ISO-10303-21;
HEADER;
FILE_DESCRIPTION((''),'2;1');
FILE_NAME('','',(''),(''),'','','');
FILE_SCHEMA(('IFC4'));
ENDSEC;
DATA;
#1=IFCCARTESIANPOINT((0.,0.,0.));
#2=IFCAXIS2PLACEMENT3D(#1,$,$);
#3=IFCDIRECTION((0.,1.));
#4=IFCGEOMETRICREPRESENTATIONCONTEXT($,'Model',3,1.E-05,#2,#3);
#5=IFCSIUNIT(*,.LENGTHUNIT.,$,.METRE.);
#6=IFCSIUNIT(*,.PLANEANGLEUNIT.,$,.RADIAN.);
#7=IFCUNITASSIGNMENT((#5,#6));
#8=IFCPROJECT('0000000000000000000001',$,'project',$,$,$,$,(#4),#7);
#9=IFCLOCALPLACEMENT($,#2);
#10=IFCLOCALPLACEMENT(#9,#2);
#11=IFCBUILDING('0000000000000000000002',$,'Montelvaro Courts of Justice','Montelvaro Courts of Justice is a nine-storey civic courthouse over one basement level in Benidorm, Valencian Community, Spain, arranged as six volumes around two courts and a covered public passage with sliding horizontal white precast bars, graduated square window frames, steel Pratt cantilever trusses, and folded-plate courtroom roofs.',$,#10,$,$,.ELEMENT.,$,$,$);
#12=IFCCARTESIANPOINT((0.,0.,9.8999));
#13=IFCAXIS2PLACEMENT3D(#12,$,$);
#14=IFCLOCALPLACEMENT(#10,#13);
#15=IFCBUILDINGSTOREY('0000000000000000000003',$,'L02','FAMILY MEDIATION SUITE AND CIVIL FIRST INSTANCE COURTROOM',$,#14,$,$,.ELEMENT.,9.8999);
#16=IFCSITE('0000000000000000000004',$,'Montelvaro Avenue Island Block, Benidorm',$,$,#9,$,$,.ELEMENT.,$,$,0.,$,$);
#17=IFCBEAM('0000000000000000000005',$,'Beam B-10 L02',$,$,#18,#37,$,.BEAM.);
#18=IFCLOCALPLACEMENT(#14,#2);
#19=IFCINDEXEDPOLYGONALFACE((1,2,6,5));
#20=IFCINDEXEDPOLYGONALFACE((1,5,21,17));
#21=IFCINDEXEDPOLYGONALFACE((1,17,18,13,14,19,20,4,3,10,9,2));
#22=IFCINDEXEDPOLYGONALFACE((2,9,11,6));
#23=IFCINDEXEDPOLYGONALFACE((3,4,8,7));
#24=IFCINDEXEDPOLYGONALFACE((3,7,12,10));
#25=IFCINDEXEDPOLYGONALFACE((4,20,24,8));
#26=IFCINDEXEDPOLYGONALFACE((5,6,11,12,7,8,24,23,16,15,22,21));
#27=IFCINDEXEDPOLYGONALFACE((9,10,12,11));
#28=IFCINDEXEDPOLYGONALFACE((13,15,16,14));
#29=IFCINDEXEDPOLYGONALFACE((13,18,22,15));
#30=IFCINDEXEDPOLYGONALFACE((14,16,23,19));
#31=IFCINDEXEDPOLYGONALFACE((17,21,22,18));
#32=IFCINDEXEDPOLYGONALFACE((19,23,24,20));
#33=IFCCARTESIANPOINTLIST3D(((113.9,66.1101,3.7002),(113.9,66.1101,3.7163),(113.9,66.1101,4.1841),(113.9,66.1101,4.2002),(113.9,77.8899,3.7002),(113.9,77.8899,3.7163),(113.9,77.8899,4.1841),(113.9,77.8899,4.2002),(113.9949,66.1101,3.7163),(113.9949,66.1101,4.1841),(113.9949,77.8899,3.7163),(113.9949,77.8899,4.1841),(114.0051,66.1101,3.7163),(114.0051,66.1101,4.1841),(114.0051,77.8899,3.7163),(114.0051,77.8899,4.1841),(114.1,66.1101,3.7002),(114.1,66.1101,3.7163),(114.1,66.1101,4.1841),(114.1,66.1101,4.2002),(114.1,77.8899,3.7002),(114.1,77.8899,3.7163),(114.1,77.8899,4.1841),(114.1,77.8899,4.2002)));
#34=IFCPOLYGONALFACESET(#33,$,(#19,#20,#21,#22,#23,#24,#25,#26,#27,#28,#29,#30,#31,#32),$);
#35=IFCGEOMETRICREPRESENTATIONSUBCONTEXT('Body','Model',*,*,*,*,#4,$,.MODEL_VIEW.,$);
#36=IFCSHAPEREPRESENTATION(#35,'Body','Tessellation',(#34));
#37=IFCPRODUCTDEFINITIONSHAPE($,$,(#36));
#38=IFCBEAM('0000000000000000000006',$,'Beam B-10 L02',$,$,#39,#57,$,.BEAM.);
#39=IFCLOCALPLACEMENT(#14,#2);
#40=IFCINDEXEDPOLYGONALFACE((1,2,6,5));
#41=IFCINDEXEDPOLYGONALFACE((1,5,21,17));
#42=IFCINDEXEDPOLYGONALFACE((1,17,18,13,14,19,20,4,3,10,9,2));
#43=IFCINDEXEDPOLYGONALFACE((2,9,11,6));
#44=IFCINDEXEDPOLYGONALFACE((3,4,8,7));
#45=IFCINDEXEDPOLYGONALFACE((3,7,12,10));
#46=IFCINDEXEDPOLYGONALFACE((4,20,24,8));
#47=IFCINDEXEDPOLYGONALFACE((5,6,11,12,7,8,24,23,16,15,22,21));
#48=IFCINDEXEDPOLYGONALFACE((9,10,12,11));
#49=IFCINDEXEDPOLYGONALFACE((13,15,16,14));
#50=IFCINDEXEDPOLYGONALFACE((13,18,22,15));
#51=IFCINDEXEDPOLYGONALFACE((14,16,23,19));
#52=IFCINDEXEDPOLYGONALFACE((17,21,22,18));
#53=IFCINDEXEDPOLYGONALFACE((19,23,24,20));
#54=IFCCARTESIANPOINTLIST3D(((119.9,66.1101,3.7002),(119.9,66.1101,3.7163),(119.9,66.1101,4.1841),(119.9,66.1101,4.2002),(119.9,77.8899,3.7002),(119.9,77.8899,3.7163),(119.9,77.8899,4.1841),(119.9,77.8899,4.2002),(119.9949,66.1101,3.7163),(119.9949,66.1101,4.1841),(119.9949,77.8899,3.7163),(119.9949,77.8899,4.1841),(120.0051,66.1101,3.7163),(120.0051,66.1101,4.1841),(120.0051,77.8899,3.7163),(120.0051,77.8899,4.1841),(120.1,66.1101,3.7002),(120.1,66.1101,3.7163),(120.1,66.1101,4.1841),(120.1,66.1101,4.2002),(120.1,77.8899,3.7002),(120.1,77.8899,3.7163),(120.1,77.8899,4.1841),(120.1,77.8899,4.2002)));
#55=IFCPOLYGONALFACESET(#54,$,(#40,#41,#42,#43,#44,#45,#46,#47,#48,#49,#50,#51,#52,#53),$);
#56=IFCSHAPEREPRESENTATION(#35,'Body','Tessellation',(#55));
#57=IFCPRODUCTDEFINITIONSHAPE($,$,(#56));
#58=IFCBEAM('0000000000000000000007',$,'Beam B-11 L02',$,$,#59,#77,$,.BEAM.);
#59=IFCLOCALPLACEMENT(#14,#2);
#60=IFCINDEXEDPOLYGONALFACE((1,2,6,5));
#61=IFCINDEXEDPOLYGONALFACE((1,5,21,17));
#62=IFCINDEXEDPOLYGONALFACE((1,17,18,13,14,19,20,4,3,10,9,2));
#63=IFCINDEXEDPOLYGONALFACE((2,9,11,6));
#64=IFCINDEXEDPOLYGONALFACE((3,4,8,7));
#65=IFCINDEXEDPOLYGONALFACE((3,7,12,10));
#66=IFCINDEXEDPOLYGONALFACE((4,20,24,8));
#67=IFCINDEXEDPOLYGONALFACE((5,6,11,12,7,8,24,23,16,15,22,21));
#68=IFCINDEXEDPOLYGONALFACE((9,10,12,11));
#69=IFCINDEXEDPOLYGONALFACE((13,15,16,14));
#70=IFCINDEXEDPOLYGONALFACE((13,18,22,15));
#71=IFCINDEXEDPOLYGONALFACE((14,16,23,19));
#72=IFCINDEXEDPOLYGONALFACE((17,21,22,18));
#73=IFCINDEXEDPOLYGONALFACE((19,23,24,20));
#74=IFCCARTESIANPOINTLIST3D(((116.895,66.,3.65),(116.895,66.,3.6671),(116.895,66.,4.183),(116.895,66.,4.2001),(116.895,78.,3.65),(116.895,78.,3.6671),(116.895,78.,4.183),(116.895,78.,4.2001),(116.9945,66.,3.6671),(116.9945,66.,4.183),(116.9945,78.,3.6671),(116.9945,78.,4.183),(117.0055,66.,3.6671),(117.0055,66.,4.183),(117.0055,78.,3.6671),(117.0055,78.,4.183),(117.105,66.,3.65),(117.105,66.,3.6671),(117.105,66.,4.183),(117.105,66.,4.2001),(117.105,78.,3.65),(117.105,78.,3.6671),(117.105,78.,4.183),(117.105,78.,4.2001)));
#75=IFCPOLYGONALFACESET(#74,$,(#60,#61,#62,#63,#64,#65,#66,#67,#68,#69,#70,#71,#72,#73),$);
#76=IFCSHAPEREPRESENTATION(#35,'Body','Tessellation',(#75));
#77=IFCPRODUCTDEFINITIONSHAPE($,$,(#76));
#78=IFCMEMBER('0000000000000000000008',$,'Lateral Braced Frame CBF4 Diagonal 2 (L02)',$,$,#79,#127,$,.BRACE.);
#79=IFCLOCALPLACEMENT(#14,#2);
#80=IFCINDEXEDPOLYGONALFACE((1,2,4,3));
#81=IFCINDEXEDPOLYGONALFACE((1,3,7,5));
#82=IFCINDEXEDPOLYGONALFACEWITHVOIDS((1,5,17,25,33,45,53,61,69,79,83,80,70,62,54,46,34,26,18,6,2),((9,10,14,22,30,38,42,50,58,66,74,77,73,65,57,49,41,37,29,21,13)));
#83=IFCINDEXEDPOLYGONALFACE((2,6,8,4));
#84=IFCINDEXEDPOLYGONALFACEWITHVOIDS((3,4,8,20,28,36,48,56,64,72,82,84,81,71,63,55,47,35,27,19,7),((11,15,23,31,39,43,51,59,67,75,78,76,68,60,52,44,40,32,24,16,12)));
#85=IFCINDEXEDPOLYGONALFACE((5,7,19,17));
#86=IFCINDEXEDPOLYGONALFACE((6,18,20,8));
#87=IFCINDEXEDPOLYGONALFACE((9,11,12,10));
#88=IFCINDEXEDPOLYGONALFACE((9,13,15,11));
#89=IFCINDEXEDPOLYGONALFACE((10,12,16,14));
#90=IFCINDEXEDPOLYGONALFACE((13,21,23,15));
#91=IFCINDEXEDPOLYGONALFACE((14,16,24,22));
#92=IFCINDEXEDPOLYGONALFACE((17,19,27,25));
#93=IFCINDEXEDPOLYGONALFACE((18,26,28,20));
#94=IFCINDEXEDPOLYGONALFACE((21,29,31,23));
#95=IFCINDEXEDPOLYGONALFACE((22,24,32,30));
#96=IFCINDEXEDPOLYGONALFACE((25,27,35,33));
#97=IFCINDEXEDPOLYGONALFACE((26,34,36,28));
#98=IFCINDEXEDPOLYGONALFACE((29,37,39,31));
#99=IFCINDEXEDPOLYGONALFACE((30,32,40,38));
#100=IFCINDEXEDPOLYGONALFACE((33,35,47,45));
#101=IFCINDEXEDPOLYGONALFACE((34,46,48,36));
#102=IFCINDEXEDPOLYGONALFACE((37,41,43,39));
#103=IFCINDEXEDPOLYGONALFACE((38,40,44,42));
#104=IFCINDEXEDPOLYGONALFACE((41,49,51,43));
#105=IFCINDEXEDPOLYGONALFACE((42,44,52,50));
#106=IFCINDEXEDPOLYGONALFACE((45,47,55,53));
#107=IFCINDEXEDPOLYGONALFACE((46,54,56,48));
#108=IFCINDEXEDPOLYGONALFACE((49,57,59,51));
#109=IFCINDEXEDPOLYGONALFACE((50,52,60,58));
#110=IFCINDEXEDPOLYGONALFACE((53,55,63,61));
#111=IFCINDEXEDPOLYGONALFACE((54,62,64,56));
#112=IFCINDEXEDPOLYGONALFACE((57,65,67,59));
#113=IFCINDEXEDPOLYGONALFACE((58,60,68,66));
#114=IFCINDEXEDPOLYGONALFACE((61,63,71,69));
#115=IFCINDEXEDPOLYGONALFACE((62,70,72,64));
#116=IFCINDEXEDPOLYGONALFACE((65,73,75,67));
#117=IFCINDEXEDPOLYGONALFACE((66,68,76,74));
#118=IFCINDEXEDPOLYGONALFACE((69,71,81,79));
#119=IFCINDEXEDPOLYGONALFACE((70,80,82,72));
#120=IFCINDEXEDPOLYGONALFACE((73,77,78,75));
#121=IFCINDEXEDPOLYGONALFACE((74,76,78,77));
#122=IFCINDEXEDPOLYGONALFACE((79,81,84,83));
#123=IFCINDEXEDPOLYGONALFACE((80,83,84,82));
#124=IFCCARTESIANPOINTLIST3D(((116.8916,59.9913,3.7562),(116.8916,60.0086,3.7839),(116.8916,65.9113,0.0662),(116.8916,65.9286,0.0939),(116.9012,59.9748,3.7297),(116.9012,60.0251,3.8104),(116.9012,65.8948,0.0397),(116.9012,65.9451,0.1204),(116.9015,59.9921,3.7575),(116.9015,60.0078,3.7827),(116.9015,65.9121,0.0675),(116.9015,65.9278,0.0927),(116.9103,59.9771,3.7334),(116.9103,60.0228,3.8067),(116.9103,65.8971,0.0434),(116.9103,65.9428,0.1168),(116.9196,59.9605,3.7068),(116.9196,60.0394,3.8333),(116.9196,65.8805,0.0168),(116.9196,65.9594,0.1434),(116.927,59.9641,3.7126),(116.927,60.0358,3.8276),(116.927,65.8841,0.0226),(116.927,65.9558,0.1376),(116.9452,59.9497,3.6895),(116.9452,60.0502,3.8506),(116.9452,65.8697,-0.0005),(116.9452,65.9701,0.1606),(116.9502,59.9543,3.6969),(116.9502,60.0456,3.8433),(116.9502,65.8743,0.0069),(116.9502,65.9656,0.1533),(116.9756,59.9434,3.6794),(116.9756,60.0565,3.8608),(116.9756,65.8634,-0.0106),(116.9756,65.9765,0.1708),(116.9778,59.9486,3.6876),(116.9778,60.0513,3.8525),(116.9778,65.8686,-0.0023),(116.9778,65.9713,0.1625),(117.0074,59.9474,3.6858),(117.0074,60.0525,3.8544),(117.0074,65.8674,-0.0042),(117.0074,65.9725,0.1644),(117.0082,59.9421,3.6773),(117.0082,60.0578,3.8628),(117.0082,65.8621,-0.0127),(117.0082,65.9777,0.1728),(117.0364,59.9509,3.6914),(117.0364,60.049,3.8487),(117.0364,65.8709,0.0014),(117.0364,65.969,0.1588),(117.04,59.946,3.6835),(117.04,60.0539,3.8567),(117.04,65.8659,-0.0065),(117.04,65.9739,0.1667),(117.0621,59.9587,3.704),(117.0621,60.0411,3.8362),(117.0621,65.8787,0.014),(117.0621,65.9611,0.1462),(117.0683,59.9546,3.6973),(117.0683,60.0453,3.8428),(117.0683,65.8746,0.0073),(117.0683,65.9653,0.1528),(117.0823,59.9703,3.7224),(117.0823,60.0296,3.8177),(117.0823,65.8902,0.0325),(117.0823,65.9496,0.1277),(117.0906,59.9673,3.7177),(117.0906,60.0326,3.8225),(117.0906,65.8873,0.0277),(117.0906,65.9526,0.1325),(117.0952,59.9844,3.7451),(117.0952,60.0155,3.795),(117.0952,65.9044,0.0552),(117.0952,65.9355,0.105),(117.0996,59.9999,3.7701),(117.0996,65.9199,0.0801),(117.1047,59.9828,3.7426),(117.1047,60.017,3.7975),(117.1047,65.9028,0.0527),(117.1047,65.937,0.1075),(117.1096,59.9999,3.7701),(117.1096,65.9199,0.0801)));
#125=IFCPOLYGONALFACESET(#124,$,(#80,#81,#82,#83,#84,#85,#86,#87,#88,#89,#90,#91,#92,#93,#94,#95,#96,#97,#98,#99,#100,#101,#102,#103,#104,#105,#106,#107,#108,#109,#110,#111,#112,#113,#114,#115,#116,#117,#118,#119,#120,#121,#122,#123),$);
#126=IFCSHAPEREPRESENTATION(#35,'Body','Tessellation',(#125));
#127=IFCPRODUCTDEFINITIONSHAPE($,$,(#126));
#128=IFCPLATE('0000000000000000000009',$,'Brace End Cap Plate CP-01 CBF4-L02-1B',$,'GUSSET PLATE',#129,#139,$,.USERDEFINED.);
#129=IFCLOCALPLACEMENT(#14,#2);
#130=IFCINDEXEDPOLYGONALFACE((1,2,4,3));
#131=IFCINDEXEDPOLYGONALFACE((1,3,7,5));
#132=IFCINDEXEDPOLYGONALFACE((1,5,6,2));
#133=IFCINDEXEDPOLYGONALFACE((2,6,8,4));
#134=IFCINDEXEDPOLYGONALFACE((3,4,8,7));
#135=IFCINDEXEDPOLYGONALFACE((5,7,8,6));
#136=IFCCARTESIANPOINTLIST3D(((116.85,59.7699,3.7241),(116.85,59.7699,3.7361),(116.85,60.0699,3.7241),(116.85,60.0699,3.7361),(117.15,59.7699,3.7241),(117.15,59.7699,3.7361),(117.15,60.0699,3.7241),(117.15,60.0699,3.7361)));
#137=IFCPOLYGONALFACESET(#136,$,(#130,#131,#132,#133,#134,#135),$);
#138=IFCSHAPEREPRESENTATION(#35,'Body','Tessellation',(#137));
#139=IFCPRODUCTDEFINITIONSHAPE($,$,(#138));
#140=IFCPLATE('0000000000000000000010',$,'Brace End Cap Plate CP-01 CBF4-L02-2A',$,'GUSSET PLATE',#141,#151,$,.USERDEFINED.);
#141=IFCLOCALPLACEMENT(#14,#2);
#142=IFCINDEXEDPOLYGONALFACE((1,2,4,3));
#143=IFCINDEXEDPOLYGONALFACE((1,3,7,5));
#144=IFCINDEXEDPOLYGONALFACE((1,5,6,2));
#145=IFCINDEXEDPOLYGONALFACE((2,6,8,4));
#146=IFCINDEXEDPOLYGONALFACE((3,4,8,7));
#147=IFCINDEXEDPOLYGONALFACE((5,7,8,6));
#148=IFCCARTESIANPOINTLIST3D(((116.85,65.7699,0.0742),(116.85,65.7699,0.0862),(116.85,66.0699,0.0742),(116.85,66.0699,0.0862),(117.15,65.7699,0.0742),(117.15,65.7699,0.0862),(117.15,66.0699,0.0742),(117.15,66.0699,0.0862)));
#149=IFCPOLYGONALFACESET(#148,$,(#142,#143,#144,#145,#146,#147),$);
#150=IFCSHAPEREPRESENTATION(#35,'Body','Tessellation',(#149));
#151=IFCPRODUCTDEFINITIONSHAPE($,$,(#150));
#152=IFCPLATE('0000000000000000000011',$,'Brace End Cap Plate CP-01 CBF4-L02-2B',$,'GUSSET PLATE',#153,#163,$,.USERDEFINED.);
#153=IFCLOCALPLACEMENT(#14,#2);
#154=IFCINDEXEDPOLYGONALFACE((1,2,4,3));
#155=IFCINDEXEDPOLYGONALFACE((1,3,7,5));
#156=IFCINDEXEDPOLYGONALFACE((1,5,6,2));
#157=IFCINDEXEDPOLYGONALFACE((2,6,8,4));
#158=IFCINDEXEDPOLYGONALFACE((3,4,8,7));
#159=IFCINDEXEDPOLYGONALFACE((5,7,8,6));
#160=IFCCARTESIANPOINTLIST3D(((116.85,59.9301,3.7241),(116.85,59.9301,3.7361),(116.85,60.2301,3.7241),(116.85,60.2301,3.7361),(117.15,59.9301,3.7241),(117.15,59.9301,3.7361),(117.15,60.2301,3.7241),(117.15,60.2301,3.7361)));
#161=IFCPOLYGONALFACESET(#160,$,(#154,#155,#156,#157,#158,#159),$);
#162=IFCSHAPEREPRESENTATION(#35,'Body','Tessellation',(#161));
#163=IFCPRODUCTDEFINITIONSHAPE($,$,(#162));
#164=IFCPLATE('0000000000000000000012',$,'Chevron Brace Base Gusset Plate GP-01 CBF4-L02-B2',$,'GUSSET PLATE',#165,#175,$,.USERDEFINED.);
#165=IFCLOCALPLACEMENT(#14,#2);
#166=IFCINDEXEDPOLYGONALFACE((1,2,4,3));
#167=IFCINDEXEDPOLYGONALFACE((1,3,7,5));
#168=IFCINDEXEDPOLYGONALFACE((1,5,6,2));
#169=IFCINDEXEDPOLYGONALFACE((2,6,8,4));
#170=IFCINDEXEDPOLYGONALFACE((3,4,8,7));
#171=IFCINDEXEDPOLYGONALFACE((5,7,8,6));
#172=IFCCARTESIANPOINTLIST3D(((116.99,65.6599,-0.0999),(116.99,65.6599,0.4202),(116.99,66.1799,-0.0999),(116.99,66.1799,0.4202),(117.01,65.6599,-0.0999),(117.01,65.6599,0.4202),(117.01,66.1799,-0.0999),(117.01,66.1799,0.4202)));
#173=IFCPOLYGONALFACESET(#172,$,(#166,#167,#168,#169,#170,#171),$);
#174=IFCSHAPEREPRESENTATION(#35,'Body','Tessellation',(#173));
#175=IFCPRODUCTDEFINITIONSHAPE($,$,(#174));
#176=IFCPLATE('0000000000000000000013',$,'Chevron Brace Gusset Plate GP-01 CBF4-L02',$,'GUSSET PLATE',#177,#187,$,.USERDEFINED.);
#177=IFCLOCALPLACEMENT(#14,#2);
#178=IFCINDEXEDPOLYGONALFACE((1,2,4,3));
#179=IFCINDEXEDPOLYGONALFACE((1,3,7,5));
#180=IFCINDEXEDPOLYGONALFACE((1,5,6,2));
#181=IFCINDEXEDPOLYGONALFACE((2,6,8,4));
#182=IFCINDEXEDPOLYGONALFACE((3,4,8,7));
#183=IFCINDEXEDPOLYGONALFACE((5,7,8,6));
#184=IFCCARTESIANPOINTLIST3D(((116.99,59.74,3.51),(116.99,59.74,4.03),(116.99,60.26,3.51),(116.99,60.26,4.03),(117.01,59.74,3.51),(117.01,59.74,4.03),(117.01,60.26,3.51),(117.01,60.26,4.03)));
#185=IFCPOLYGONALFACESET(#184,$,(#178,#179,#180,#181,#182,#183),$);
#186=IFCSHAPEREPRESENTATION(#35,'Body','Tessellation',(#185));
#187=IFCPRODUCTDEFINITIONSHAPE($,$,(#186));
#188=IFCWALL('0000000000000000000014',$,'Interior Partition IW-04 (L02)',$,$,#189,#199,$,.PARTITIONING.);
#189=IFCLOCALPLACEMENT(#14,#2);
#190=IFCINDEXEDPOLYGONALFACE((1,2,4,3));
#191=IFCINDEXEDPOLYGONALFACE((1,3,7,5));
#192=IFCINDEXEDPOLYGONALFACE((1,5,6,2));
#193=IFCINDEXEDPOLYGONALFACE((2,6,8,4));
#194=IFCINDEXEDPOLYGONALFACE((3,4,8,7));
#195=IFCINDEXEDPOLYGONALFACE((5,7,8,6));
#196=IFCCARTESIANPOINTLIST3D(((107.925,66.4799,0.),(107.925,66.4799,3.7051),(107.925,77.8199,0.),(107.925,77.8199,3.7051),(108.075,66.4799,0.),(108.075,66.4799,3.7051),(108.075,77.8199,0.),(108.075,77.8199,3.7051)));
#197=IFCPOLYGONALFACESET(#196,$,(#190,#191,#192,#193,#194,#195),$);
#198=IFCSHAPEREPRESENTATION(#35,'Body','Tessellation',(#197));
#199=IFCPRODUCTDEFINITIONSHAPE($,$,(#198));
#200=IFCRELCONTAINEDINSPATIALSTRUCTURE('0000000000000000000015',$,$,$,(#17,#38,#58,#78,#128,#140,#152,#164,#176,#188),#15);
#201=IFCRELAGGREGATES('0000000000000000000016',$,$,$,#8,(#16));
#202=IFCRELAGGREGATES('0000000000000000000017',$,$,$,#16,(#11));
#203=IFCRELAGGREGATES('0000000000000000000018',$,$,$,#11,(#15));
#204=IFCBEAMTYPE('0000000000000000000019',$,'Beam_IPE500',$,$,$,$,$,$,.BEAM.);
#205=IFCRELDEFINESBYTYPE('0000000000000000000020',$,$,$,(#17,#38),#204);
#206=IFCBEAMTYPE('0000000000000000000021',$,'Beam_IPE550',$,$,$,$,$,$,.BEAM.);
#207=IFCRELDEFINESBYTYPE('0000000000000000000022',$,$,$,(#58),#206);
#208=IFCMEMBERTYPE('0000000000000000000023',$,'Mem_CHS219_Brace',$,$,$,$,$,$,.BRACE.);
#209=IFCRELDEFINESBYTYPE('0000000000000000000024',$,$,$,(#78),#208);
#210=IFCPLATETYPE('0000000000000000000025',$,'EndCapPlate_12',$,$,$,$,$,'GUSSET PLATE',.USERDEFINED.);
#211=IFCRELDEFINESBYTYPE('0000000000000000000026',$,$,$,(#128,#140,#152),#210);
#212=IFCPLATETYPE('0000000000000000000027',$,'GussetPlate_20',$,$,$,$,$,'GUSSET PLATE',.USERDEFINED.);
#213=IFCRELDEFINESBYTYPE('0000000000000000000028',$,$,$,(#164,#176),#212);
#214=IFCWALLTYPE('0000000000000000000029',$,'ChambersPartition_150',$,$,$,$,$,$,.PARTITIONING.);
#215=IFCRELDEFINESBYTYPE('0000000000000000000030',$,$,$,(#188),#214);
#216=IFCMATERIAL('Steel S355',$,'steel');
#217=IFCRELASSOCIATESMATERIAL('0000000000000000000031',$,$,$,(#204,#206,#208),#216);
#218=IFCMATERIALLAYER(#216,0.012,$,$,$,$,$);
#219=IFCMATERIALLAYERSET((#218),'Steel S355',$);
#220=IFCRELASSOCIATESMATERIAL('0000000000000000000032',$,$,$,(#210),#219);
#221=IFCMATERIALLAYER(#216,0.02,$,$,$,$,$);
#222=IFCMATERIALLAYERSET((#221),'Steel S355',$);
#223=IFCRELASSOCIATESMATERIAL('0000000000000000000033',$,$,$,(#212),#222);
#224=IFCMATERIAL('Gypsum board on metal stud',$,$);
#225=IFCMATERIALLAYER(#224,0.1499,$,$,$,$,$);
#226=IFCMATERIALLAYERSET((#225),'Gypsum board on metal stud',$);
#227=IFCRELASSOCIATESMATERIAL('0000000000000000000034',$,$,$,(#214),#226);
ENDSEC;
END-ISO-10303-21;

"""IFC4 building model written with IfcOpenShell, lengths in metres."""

from ifc_helpers import new_model, si_unit, direction, frame, frame_2d, origin, origin_2d, place, context, subcontext, project, spatial, rectangle, hollow_circle, i_section, extrude, material, layer, layer_set, material_profile, profile_set, type_object, element, save


model = new_model("IFC4")

# Units and contexts
model_context = context("Model", 3, precision=1e-05, world=origin(), true_north=direction((0.0, 1.0)))
body_context = subcontext(model_context, "Body", "Model", "MODEL_VIEW")
ifc_project = project(units=[si_unit("LENGTHUNIT", "METRE"), si_unit("PLANEANGLEUNIT", "RADIAN")], contexts=[model_context])

# Site, building, storey
site_placement = place(None, origin())
site = spatial("IfcSite", under=ifc_project, at=site_placement, Name="Montelvaro Avenue Island Block, Benidorm", CompositionType="ELEMENT", RefElevation=0.0)
building_placement = place(site_placement, origin())
building = spatial("IfcBuilding", under=site, at=building_placement, Name="Montelvaro Courts of Justice", Description="Montelvaro Courts of Justice is a nine-storey civic courthouse over one basement level in Benidorm, Valencian Community, Spain, arranged as six volumes around two courts and a covered public passage with sliding horizontal white precast bars, graduated square window frames, steel Pratt cantilever trusses, and folded-plate courtroom roofs.", CompositionType="ELEMENT")
storey_placement = place(building_placement, frame((0.0, 0.0, 9.8999)))
storey = spatial("IfcBuildingStorey", under=building, at=storey_placement, Name="L02", Description="FAMILY MEDIATION SUITE AND CIVIL FIRST INSTANCE COURTROOM", CompositionType="ELEMENT", Elevation=9.8999)

# Shared definitions
ifc_material_1 = material(Name="Steel S355", Category="steel")

# Beams
ifc_material_profile_1 = material_profile(ifc_material_1, i_section(OverallWidth=0.2, OverallDepth=0.5, WebThickness=0.0103, FlangeThickness=0.0161, at=origin_2d()), Name="IPE 500")
ifc_profile_set_1 = profile_set([ifc_material_profile_1], Name="Steel S355")
beam_type_1 = type_object("IfcBeamType", Name="Beam_IPE500", PredefinedType="BEAM", material=ifc_profile_set_1)
for number, where, z_axis, x_axis, name in (
    (1, (114.0, 66.1101, 3.9502), (0.0, 1.0, 0.0), (-1.0, 0.0, 0.0), "Beam B-10 L02"),
    (2, (120.0, 66.1101, 3.9502), (0.0, 1.0, 0.0), (-1.0, 0.0, 0.0), "Beam B-10 L02"),
):
    element("IfcBeam", number, at=place(storey_placement, frame(where, z_axis=z_axis, x_axis=x_axis)), inside=storey, type_object=beam_type_1, Name=name, PredefinedType="BEAM", context=body_context, shape_type="SweptSolid", body=[
        extrude(i_section(OverallWidth=0.2, OverallDepth=0.5, WebThickness=0.0103, FlangeThickness=0.0161, at=origin_2d()), origin(), (0.0, 0.0, 1.0), 11.7798),
    ])
ifc_material_profile_2 = material_profile(ifc_material_1, i_section(OverallWidth=0.21, OverallDepth=0.55, WebThickness=0.011, FlangeThickness=0.0171, at=origin_2d()), Name="IPE 550")
ifc_profile_set_2 = profile_set([ifc_material_profile_2], Name="Steel S355")
beam_type_2 = type_object("IfcBeamType", Name="Beam_IPE550", PredefinedType="BEAM", material=ifc_profile_set_2)
beam_1_placement = place(storey_placement, frame((117.0, 66.0, 3.925), z_axis=(0.0, 1.0, 0.0), x_axis=(-1.0, 0.0, 0.0)))
element("IfcBeam", 3, at=beam_1_placement, inside=storey, type_object=beam_type_2, Name="Beam B-11 L02", PredefinedType="BEAM", context=body_context, shape_type="SweptSolid", body=[
    extrude(i_section(OverallWidth=0.21, OverallDepth=0.55, WebThickness=0.011, FlangeThickness=0.0171, at=origin_2d()), origin(), (0.0, 0.0, 1.0), 12.0),
])

# Member
ifc_material_profile_3 = material_profile(ifc_material_1, hollow_circle(Radius=0.1096, WallThickness=0.01, at=origin_2d()), Name="CHS 219.1x10")
ifc_profile_set_3 = profile_set([ifc_material_profile_3], Name="Steel S355")
member_type = type_object("IfcMemberType", Name="Mem_CHS219_Brace", PredefinedType="BRACE", material=ifc_profile_set_3)
member_placement = place(storey_placement, frame((117.0, 65.9199, 0.0801), z_axis=(0.0, -0.848643, 0.528967), x_axis=(1.0, 0.0, 0.0)))
element("IfcMember", 4, at=member_placement, inside=storey, type_object=member_type, Name="Lateral Braced Frame CBF4 Diagonal 2 (L02)", PredefinedType="BRACE", context=body_context, shape_type="SweptSolid", body=[
    extrude(hollow_circle(Radius=0.1096, WallThickness=0.01, at=origin_2d()), origin(), (0.0, 0.0, 1.0), 6.9758),
])

# Plates
ifc_layer_1 = layer(ifc_material_1, 0.012)
ifc_layer_set_1 = layer_set([ifc_layer_1], Name="Steel S355")
plate_type_1 = type_object("IfcPlateType", Name="EndCapPlate_12", ElementType="GUSSET PLATE", PredefinedType="USERDEFINED", material=ifc_layer_set_1)
for number, where, z_axis, x_axis, name in (
    (5, (117.0, 59.9199, 3.7241), (0.0, 0.0, 1.0), (1.0, 0.0, 0.0), "Brace End Cap Plate CP-01 CBF4-L02-1B"),
    (6, (117.0, 65.9199, 0.0742), (0.0, 0.0, 1.0), (1.0, 0.0, 0.0), "Brace End Cap Plate CP-01 CBF4-L02-2A"),
    (7, (117.0, 60.0801, 3.7241), (0.0, 0.0, 1.0), (1.0, 0.0, 0.0), "Brace End Cap Plate CP-01 CBF4-L02-2B"),
):
    element("IfcPlate", number, at=place(storey_placement, frame(where, z_axis=z_axis, x_axis=x_axis)), inside=storey, type_object=plate_type_1, Name=name, ObjectType="GUSSET PLATE", PredefinedType="USERDEFINED", context=body_context, shape_type="SweptSolid", body=[
        extrude(rectangle(XDim=0.3, YDim=0.3, at=origin_2d()), origin(), (0.0, 0.0, 1.0), 0.012),
    ])
ifc_layer_2 = layer(ifc_material_1, 0.02)
ifc_layer_set_2 = layer_set([ifc_layer_2], Name="Steel S355")
plate_type_2 = type_object("IfcPlateType", Name="GussetPlate_20", ElementType="GUSSET PLATE", PredefinedType="USERDEFINED", material=ifc_layer_set_2)
for number, where, z_axis, x_axis, name in (
    (8, (117.0, 65.9199, -0.0999), (0.0, 0.0, 1.0), (1.0, 0.0, 0.0), "Chevron Brace Base Gusset Plate GP-01 CBF4-L02-B2"),
    (9, (117.0, 60.0, 3.51), (0.0, 0.0, 1.0), (1.0, 0.0, 0.0), "Chevron Brace Gusset Plate GP-01 CBF4-L02"),
):
    element("IfcPlate", number, at=place(storey_placement, frame(where, z_axis=z_axis, x_axis=x_axis)), inside=storey, type_object=plate_type_2, Name=name, ObjectType="GUSSET PLATE", PredefinedType="USERDEFINED", context=body_context, shape_type="SweptSolid", body=[
        extrude(rectangle(XDim=0.02, YDim=0.52, at=origin_2d()), origin(), (0.0, 0.0, 1.0), 0.52),
    ])

# Wall
ifc_material_2 = material(Name="Gypsum board on metal stud")
ifc_layer_3 = layer(ifc_material_2, 0.1499)
ifc_layer_set_3 = layer_set([ifc_layer_3], Name="Gypsum board on metal stud")
wall_type_1 = type_object("IfcWallType", Name="ChambersPartition_150", PredefinedType="PARTITIONING", material=ifc_layer_set_3)
wall_1_placement = place(storey_placement, frame((108.0, 66.48, 0.0), z_axis=(0.0, 0.0, 1.0), x_axis=(0.0, 1.0, 0.0)))
element("IfcWall", 10, at=wall_1_placement, inside=storey, type_object=wall_type_1, Name="Interior Partition IW-04 (L02)", PredefinedType="PARTITIONING", context=body_context, shape_type="SweptSolid", body=[
    extrude(rectangle(XDim=11.3401, YDim=0.1499, at=frame_2d((5.6699, 0.0))), origin(), (0.0, 0.0, 1.0), 3.7051),
])

save(model, "model.ifc")
